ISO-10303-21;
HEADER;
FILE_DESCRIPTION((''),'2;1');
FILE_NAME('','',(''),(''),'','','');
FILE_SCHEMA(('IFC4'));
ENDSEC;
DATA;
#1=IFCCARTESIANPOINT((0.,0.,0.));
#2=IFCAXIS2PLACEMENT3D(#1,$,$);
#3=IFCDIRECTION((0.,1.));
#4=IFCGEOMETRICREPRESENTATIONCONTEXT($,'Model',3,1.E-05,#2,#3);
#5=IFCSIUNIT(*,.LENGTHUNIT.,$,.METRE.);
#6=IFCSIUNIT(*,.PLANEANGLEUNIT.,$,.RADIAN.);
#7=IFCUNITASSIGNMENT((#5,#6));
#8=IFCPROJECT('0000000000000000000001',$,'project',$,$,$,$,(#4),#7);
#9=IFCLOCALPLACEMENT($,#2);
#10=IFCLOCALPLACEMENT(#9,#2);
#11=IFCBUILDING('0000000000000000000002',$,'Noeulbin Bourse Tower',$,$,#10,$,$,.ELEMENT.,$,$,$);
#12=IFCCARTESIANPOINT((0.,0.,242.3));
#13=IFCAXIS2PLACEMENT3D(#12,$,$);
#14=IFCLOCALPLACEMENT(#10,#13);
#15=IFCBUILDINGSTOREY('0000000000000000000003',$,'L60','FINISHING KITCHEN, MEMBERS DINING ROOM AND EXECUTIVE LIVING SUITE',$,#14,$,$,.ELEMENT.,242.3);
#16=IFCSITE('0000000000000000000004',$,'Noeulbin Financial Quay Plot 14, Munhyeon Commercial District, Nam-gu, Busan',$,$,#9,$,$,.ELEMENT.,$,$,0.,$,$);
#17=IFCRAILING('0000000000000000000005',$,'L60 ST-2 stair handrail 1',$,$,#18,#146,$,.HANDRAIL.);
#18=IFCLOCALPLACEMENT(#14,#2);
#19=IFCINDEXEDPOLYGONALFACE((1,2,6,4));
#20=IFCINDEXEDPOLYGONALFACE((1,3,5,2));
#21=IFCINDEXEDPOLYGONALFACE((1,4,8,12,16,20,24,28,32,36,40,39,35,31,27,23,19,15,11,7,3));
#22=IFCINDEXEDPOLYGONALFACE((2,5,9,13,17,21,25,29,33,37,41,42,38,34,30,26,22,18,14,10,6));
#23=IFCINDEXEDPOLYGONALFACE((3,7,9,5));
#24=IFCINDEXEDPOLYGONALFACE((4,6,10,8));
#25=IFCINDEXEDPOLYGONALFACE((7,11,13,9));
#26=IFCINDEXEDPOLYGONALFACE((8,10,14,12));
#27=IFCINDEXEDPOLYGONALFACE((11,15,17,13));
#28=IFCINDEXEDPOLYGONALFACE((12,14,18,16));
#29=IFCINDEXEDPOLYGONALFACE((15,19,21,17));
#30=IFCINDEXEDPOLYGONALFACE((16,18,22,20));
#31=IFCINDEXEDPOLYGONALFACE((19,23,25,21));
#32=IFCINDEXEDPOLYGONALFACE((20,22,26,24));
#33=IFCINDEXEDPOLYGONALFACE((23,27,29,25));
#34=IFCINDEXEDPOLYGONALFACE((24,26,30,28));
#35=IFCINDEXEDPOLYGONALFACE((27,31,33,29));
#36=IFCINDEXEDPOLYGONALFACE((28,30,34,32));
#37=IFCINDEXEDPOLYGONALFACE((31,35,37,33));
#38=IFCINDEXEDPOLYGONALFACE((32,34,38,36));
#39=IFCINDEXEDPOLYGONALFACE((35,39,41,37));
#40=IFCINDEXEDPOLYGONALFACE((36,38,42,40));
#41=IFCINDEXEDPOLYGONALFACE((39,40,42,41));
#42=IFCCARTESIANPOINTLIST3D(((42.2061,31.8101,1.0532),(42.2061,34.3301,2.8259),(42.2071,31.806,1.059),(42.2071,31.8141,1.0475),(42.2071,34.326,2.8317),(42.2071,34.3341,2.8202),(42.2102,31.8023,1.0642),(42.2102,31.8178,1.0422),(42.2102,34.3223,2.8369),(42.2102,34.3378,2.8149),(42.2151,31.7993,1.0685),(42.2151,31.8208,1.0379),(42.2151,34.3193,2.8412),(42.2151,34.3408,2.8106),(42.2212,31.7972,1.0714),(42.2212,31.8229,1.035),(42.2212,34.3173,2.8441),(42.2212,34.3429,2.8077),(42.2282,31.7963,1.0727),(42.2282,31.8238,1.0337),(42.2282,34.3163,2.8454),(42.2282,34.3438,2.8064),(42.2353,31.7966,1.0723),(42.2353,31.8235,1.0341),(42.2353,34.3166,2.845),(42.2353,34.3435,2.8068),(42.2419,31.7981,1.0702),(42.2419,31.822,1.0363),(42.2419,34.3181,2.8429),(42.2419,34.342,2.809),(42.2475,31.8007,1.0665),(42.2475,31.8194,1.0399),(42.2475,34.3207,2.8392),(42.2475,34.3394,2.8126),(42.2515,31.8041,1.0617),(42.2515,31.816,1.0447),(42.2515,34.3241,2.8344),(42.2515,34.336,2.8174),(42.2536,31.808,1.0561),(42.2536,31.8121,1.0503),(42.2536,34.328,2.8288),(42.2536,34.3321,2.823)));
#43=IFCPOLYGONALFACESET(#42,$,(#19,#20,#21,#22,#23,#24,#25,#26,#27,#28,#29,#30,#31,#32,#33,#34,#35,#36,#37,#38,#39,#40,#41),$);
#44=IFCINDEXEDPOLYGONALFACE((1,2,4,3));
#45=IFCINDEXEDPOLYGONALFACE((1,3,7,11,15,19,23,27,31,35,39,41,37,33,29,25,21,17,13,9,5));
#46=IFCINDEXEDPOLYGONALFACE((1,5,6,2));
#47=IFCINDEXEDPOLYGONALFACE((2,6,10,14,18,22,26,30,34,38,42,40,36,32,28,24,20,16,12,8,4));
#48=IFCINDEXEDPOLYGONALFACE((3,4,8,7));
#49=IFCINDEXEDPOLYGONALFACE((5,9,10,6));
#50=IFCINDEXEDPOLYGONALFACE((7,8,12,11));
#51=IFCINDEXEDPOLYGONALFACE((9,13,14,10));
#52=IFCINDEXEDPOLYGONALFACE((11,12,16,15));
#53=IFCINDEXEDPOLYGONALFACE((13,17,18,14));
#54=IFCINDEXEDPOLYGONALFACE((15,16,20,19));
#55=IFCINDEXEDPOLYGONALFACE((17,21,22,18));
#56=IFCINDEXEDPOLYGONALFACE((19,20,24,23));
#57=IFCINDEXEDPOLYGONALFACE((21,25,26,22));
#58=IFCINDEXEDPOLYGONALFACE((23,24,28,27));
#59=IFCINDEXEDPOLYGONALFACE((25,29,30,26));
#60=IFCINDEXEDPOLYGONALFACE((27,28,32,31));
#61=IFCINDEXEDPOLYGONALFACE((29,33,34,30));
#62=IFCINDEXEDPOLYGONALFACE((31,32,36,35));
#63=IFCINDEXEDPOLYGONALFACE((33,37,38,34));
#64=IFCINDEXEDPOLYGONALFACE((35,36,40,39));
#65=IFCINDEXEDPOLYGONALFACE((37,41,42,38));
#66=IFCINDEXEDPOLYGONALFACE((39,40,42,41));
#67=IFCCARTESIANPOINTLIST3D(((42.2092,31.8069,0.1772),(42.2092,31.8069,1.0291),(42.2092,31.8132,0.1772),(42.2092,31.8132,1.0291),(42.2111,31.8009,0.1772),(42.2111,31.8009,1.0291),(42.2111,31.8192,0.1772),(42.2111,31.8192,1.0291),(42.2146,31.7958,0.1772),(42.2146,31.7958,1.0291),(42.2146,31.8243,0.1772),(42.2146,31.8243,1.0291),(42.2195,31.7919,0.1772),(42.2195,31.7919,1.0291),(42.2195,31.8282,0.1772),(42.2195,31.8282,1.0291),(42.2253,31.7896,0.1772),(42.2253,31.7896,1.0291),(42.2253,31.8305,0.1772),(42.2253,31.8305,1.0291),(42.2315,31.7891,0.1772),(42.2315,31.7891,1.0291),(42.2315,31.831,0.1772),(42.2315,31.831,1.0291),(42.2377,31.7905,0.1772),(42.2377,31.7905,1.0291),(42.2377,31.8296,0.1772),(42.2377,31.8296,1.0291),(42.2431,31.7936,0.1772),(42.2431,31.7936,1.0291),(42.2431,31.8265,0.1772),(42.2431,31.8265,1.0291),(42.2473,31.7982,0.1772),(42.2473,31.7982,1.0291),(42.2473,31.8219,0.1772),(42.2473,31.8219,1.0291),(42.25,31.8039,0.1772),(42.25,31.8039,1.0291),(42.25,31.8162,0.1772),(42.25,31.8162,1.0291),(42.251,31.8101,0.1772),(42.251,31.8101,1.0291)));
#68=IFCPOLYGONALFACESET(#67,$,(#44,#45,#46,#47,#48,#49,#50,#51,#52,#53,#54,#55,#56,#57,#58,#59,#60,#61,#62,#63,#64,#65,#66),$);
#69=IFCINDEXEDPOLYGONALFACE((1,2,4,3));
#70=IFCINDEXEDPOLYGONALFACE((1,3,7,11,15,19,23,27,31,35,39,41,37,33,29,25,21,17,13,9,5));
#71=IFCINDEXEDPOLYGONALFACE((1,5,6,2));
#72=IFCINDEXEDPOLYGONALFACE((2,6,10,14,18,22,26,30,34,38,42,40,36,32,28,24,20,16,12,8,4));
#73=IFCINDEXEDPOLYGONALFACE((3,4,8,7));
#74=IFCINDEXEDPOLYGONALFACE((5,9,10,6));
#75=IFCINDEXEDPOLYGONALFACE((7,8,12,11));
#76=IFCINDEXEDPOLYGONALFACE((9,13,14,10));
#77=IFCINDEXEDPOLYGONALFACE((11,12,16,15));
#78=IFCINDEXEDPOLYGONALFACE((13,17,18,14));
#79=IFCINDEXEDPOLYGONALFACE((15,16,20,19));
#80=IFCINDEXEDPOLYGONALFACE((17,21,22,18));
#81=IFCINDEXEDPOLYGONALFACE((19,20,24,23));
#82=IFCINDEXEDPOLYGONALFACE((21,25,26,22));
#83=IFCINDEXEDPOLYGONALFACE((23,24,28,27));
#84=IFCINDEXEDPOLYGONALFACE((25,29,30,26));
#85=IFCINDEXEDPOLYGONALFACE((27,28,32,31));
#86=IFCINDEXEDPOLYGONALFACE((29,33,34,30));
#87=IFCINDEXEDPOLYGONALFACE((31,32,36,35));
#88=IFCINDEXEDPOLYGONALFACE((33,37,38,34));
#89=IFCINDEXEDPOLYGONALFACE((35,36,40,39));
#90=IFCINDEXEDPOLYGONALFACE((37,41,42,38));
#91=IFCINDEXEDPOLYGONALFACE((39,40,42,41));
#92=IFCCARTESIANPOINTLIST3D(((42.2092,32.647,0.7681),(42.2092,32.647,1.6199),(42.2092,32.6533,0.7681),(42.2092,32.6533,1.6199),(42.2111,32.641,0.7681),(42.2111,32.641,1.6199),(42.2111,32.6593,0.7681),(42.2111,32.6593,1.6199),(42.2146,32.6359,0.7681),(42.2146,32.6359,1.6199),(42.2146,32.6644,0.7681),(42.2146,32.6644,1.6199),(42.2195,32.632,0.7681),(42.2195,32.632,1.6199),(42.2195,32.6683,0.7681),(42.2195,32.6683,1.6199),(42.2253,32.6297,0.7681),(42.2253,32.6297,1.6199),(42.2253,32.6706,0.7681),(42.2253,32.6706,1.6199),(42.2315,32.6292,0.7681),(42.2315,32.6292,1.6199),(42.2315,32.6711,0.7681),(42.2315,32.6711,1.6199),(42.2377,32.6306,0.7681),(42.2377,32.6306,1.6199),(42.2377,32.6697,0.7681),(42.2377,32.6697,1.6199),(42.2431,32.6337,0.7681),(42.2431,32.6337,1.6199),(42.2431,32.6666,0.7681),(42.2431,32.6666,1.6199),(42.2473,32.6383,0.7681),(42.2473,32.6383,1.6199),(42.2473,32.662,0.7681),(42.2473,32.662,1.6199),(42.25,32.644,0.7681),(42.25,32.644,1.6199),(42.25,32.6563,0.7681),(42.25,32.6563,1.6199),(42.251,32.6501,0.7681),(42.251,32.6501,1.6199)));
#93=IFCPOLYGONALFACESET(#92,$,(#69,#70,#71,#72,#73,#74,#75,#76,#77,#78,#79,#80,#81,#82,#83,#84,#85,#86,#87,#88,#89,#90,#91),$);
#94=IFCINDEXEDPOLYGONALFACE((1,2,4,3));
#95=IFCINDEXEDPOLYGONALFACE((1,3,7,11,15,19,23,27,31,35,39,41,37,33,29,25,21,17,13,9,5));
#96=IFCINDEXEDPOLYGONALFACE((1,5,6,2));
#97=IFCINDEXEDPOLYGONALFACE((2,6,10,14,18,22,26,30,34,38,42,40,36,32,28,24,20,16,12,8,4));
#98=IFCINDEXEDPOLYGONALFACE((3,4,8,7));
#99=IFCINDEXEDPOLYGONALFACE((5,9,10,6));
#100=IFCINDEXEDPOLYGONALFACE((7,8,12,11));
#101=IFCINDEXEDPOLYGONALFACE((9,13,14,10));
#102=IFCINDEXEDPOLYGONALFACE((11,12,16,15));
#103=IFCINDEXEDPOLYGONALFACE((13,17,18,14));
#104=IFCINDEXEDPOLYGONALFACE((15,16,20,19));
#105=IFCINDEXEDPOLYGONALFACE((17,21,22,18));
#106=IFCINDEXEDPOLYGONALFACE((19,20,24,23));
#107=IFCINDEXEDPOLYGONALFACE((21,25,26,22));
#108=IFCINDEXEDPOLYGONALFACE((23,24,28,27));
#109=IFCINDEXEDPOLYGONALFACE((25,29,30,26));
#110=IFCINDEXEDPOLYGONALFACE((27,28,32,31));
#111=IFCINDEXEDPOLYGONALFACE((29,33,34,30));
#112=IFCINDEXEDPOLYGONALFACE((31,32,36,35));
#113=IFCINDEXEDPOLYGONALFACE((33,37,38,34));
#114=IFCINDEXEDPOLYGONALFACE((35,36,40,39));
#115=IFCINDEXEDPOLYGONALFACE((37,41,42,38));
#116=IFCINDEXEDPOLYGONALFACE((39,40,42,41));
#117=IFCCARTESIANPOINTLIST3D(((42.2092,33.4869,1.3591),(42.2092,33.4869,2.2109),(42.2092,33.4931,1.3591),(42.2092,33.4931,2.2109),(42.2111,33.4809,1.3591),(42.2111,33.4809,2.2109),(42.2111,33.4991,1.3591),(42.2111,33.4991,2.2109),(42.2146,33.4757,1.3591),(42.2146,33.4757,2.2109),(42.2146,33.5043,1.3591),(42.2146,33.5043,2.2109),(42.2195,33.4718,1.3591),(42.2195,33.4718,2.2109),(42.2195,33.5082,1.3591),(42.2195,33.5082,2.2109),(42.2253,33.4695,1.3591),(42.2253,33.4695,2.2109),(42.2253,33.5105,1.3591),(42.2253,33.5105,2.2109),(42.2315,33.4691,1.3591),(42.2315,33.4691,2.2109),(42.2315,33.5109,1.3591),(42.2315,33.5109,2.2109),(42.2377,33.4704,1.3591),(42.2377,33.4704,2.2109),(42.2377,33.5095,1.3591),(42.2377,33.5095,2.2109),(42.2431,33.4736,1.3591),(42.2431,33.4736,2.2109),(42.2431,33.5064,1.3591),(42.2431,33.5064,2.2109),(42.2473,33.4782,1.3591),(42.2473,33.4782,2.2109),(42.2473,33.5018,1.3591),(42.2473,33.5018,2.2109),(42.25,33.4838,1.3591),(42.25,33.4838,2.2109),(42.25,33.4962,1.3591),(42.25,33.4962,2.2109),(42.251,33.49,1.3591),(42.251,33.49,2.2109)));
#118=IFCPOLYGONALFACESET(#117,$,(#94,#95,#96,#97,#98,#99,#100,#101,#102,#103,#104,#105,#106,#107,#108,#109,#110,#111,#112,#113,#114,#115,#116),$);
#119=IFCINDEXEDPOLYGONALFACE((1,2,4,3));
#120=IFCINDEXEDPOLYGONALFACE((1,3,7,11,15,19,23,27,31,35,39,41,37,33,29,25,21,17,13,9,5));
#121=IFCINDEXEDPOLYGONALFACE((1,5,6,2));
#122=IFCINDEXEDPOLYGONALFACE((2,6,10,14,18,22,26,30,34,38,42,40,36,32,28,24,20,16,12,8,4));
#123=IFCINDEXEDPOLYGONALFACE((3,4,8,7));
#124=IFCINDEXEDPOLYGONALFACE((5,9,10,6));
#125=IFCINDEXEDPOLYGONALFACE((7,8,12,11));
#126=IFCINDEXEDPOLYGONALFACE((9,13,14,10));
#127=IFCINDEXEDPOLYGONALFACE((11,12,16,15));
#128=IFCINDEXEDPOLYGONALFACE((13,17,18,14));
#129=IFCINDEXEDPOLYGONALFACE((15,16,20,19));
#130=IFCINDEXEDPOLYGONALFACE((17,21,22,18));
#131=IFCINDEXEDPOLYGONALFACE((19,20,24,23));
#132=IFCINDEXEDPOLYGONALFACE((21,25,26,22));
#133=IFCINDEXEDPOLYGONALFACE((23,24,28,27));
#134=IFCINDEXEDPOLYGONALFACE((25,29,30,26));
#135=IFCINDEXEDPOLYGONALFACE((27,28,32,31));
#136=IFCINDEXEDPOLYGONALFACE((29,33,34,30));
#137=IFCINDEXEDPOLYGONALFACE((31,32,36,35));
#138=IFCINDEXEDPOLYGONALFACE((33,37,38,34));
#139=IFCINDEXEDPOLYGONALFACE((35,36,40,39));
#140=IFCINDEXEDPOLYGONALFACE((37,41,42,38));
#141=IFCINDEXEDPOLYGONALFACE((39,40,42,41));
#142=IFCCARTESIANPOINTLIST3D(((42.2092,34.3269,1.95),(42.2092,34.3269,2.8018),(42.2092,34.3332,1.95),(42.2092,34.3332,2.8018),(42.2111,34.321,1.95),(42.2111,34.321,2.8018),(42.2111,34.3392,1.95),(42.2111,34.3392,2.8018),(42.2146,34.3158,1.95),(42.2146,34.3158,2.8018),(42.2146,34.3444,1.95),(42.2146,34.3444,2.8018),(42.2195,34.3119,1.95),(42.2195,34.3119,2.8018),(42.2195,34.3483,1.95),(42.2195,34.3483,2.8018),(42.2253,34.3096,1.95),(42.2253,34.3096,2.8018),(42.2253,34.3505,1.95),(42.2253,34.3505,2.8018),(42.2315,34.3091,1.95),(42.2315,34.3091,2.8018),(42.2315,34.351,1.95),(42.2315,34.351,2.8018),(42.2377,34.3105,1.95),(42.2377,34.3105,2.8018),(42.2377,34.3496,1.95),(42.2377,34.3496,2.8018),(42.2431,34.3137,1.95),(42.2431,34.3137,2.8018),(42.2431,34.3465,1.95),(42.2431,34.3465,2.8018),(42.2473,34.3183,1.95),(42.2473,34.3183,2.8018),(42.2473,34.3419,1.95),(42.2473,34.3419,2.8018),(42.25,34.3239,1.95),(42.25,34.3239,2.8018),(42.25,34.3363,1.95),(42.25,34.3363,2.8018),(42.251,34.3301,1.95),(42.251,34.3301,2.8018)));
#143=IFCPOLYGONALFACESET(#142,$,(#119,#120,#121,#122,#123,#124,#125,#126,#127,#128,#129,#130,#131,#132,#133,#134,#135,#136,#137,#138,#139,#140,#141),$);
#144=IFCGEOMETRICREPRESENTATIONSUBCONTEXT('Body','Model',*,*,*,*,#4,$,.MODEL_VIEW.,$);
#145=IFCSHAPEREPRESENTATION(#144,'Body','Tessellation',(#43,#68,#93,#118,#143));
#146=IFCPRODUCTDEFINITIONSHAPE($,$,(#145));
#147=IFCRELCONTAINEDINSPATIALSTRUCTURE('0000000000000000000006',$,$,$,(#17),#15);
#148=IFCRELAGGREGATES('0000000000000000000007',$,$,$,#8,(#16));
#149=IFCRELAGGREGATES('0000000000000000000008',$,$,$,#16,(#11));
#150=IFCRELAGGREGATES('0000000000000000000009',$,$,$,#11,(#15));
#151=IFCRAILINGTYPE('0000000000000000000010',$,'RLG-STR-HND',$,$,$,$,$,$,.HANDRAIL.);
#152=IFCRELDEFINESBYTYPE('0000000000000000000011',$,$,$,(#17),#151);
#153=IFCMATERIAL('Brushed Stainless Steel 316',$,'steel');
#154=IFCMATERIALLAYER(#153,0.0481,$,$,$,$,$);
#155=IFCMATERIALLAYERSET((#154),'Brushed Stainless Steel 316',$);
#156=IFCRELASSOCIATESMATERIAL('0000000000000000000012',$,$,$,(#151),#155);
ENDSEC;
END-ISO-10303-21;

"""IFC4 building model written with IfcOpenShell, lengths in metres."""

from ifc_helpers import new_model, si_unit, direction, frame, origin, origin_2d, place, context, subcontext, project, spatial, circle, extrude, material, layer, layer_set, type_object, element, save


model = new_model("IFC4")

# Units and contexts
model_context = context("Model", 3, precision=1e-05, world=origin(), true_north=direction((0.0, 1.0)))
body_context = subcontext(model_context, "Body", "Model", "MODEL_VIEW")
ifc_project = project(units=[si_unit("LENGTHUNIT", "METRE"), si_unit("PLANEANGLEUNIT", "RADIAN")], contexts=[model_context])

# Site, building, storey
site_placement = place(None, origin())
site = spatial("IfcSite", under=ifc_project, at=site_placement, Name="Noeulbin Financial Quay Plot 14, Munhyeon Commercial District, Nam-gu, Busan", CompositionType="ELEMENT", RefElevation=0.0)
building_placement = place(site_placement, origin())
building = spatial("IfcBuilding", under=site, at=building_placement, Name="Noeulbin Bourse Tower", CompositionType="ELEMENT")
storey_placement = place(building_placement, frame((0.0, 0.0, 242.3)))
storey = spatial("IfcBuildingStorey", under=building, at=storey_placement, Name="L60", Description="FINISHING KITCHEN, MEMBERS DINING ROOM AND EXECUTIVE LIVING SUITE", CompositionType="ELEMENT", Elevation=242.3)

# Railing
ifc_material_1 = material(Name="Brushed Stainless Steel 316", Category="steel")
ifc_layer_1 = layer(ifc_material_1, 0.0481)
ifc_layer_set_1 = layer_set([ifc_layer_1], Name="Brushed Stainless Steel 316")
railing_type_1 = type_object("IfcRailingType", Name="RLG-STR-HND", PredefinedType="HANDRAIL", material=ifc_layer_set_1)
railing_1_placement = place(storey_placement, frame((42.23, 31.8101, 0.1772)))
element("IfcRailing", 1, at=railing_1_placement, inside=storey, type_object=railing_type_1, Name="L60 ST-2 stair handrail 1", PredefinedType="HANDRAIL", context=body_context, shape_type="SweptSolid", body=[
    extrude(circle(Radius=0.0239, at=origin_2d()), frame((0.0, 0.0, 0.876), z_axis=(0.0, 0.817904, 0.575354), x_axis=(-1.0, 0.0, 0.0)), (0.0, 0.0, 1.0), 3.0811),
    extrude(circle(Radius=0.021, at=origin_2d()), origin(), (0.0, 0.0, 1.0), 0.8518),
    extrude(circle(Radius=0.021, at=origin_2d()), frame((0.0, 0.8401, 0.5908)), (0.0, 0.0, 1.0), 0.8518),
    extrude(circle(Radius=0.021, at=origin_2d()), frame((0.0, 1.6799, 1.1819)), (0.0, 0.0, 1.0), 0.8518),
    extrude(circle(Radius=0.021, at=origin_2d()), frame((0.0, 2.52, 1.7727)), (0.0, 0.0, 1.0), 0.8518),
])

save(model, "model.ifc")
